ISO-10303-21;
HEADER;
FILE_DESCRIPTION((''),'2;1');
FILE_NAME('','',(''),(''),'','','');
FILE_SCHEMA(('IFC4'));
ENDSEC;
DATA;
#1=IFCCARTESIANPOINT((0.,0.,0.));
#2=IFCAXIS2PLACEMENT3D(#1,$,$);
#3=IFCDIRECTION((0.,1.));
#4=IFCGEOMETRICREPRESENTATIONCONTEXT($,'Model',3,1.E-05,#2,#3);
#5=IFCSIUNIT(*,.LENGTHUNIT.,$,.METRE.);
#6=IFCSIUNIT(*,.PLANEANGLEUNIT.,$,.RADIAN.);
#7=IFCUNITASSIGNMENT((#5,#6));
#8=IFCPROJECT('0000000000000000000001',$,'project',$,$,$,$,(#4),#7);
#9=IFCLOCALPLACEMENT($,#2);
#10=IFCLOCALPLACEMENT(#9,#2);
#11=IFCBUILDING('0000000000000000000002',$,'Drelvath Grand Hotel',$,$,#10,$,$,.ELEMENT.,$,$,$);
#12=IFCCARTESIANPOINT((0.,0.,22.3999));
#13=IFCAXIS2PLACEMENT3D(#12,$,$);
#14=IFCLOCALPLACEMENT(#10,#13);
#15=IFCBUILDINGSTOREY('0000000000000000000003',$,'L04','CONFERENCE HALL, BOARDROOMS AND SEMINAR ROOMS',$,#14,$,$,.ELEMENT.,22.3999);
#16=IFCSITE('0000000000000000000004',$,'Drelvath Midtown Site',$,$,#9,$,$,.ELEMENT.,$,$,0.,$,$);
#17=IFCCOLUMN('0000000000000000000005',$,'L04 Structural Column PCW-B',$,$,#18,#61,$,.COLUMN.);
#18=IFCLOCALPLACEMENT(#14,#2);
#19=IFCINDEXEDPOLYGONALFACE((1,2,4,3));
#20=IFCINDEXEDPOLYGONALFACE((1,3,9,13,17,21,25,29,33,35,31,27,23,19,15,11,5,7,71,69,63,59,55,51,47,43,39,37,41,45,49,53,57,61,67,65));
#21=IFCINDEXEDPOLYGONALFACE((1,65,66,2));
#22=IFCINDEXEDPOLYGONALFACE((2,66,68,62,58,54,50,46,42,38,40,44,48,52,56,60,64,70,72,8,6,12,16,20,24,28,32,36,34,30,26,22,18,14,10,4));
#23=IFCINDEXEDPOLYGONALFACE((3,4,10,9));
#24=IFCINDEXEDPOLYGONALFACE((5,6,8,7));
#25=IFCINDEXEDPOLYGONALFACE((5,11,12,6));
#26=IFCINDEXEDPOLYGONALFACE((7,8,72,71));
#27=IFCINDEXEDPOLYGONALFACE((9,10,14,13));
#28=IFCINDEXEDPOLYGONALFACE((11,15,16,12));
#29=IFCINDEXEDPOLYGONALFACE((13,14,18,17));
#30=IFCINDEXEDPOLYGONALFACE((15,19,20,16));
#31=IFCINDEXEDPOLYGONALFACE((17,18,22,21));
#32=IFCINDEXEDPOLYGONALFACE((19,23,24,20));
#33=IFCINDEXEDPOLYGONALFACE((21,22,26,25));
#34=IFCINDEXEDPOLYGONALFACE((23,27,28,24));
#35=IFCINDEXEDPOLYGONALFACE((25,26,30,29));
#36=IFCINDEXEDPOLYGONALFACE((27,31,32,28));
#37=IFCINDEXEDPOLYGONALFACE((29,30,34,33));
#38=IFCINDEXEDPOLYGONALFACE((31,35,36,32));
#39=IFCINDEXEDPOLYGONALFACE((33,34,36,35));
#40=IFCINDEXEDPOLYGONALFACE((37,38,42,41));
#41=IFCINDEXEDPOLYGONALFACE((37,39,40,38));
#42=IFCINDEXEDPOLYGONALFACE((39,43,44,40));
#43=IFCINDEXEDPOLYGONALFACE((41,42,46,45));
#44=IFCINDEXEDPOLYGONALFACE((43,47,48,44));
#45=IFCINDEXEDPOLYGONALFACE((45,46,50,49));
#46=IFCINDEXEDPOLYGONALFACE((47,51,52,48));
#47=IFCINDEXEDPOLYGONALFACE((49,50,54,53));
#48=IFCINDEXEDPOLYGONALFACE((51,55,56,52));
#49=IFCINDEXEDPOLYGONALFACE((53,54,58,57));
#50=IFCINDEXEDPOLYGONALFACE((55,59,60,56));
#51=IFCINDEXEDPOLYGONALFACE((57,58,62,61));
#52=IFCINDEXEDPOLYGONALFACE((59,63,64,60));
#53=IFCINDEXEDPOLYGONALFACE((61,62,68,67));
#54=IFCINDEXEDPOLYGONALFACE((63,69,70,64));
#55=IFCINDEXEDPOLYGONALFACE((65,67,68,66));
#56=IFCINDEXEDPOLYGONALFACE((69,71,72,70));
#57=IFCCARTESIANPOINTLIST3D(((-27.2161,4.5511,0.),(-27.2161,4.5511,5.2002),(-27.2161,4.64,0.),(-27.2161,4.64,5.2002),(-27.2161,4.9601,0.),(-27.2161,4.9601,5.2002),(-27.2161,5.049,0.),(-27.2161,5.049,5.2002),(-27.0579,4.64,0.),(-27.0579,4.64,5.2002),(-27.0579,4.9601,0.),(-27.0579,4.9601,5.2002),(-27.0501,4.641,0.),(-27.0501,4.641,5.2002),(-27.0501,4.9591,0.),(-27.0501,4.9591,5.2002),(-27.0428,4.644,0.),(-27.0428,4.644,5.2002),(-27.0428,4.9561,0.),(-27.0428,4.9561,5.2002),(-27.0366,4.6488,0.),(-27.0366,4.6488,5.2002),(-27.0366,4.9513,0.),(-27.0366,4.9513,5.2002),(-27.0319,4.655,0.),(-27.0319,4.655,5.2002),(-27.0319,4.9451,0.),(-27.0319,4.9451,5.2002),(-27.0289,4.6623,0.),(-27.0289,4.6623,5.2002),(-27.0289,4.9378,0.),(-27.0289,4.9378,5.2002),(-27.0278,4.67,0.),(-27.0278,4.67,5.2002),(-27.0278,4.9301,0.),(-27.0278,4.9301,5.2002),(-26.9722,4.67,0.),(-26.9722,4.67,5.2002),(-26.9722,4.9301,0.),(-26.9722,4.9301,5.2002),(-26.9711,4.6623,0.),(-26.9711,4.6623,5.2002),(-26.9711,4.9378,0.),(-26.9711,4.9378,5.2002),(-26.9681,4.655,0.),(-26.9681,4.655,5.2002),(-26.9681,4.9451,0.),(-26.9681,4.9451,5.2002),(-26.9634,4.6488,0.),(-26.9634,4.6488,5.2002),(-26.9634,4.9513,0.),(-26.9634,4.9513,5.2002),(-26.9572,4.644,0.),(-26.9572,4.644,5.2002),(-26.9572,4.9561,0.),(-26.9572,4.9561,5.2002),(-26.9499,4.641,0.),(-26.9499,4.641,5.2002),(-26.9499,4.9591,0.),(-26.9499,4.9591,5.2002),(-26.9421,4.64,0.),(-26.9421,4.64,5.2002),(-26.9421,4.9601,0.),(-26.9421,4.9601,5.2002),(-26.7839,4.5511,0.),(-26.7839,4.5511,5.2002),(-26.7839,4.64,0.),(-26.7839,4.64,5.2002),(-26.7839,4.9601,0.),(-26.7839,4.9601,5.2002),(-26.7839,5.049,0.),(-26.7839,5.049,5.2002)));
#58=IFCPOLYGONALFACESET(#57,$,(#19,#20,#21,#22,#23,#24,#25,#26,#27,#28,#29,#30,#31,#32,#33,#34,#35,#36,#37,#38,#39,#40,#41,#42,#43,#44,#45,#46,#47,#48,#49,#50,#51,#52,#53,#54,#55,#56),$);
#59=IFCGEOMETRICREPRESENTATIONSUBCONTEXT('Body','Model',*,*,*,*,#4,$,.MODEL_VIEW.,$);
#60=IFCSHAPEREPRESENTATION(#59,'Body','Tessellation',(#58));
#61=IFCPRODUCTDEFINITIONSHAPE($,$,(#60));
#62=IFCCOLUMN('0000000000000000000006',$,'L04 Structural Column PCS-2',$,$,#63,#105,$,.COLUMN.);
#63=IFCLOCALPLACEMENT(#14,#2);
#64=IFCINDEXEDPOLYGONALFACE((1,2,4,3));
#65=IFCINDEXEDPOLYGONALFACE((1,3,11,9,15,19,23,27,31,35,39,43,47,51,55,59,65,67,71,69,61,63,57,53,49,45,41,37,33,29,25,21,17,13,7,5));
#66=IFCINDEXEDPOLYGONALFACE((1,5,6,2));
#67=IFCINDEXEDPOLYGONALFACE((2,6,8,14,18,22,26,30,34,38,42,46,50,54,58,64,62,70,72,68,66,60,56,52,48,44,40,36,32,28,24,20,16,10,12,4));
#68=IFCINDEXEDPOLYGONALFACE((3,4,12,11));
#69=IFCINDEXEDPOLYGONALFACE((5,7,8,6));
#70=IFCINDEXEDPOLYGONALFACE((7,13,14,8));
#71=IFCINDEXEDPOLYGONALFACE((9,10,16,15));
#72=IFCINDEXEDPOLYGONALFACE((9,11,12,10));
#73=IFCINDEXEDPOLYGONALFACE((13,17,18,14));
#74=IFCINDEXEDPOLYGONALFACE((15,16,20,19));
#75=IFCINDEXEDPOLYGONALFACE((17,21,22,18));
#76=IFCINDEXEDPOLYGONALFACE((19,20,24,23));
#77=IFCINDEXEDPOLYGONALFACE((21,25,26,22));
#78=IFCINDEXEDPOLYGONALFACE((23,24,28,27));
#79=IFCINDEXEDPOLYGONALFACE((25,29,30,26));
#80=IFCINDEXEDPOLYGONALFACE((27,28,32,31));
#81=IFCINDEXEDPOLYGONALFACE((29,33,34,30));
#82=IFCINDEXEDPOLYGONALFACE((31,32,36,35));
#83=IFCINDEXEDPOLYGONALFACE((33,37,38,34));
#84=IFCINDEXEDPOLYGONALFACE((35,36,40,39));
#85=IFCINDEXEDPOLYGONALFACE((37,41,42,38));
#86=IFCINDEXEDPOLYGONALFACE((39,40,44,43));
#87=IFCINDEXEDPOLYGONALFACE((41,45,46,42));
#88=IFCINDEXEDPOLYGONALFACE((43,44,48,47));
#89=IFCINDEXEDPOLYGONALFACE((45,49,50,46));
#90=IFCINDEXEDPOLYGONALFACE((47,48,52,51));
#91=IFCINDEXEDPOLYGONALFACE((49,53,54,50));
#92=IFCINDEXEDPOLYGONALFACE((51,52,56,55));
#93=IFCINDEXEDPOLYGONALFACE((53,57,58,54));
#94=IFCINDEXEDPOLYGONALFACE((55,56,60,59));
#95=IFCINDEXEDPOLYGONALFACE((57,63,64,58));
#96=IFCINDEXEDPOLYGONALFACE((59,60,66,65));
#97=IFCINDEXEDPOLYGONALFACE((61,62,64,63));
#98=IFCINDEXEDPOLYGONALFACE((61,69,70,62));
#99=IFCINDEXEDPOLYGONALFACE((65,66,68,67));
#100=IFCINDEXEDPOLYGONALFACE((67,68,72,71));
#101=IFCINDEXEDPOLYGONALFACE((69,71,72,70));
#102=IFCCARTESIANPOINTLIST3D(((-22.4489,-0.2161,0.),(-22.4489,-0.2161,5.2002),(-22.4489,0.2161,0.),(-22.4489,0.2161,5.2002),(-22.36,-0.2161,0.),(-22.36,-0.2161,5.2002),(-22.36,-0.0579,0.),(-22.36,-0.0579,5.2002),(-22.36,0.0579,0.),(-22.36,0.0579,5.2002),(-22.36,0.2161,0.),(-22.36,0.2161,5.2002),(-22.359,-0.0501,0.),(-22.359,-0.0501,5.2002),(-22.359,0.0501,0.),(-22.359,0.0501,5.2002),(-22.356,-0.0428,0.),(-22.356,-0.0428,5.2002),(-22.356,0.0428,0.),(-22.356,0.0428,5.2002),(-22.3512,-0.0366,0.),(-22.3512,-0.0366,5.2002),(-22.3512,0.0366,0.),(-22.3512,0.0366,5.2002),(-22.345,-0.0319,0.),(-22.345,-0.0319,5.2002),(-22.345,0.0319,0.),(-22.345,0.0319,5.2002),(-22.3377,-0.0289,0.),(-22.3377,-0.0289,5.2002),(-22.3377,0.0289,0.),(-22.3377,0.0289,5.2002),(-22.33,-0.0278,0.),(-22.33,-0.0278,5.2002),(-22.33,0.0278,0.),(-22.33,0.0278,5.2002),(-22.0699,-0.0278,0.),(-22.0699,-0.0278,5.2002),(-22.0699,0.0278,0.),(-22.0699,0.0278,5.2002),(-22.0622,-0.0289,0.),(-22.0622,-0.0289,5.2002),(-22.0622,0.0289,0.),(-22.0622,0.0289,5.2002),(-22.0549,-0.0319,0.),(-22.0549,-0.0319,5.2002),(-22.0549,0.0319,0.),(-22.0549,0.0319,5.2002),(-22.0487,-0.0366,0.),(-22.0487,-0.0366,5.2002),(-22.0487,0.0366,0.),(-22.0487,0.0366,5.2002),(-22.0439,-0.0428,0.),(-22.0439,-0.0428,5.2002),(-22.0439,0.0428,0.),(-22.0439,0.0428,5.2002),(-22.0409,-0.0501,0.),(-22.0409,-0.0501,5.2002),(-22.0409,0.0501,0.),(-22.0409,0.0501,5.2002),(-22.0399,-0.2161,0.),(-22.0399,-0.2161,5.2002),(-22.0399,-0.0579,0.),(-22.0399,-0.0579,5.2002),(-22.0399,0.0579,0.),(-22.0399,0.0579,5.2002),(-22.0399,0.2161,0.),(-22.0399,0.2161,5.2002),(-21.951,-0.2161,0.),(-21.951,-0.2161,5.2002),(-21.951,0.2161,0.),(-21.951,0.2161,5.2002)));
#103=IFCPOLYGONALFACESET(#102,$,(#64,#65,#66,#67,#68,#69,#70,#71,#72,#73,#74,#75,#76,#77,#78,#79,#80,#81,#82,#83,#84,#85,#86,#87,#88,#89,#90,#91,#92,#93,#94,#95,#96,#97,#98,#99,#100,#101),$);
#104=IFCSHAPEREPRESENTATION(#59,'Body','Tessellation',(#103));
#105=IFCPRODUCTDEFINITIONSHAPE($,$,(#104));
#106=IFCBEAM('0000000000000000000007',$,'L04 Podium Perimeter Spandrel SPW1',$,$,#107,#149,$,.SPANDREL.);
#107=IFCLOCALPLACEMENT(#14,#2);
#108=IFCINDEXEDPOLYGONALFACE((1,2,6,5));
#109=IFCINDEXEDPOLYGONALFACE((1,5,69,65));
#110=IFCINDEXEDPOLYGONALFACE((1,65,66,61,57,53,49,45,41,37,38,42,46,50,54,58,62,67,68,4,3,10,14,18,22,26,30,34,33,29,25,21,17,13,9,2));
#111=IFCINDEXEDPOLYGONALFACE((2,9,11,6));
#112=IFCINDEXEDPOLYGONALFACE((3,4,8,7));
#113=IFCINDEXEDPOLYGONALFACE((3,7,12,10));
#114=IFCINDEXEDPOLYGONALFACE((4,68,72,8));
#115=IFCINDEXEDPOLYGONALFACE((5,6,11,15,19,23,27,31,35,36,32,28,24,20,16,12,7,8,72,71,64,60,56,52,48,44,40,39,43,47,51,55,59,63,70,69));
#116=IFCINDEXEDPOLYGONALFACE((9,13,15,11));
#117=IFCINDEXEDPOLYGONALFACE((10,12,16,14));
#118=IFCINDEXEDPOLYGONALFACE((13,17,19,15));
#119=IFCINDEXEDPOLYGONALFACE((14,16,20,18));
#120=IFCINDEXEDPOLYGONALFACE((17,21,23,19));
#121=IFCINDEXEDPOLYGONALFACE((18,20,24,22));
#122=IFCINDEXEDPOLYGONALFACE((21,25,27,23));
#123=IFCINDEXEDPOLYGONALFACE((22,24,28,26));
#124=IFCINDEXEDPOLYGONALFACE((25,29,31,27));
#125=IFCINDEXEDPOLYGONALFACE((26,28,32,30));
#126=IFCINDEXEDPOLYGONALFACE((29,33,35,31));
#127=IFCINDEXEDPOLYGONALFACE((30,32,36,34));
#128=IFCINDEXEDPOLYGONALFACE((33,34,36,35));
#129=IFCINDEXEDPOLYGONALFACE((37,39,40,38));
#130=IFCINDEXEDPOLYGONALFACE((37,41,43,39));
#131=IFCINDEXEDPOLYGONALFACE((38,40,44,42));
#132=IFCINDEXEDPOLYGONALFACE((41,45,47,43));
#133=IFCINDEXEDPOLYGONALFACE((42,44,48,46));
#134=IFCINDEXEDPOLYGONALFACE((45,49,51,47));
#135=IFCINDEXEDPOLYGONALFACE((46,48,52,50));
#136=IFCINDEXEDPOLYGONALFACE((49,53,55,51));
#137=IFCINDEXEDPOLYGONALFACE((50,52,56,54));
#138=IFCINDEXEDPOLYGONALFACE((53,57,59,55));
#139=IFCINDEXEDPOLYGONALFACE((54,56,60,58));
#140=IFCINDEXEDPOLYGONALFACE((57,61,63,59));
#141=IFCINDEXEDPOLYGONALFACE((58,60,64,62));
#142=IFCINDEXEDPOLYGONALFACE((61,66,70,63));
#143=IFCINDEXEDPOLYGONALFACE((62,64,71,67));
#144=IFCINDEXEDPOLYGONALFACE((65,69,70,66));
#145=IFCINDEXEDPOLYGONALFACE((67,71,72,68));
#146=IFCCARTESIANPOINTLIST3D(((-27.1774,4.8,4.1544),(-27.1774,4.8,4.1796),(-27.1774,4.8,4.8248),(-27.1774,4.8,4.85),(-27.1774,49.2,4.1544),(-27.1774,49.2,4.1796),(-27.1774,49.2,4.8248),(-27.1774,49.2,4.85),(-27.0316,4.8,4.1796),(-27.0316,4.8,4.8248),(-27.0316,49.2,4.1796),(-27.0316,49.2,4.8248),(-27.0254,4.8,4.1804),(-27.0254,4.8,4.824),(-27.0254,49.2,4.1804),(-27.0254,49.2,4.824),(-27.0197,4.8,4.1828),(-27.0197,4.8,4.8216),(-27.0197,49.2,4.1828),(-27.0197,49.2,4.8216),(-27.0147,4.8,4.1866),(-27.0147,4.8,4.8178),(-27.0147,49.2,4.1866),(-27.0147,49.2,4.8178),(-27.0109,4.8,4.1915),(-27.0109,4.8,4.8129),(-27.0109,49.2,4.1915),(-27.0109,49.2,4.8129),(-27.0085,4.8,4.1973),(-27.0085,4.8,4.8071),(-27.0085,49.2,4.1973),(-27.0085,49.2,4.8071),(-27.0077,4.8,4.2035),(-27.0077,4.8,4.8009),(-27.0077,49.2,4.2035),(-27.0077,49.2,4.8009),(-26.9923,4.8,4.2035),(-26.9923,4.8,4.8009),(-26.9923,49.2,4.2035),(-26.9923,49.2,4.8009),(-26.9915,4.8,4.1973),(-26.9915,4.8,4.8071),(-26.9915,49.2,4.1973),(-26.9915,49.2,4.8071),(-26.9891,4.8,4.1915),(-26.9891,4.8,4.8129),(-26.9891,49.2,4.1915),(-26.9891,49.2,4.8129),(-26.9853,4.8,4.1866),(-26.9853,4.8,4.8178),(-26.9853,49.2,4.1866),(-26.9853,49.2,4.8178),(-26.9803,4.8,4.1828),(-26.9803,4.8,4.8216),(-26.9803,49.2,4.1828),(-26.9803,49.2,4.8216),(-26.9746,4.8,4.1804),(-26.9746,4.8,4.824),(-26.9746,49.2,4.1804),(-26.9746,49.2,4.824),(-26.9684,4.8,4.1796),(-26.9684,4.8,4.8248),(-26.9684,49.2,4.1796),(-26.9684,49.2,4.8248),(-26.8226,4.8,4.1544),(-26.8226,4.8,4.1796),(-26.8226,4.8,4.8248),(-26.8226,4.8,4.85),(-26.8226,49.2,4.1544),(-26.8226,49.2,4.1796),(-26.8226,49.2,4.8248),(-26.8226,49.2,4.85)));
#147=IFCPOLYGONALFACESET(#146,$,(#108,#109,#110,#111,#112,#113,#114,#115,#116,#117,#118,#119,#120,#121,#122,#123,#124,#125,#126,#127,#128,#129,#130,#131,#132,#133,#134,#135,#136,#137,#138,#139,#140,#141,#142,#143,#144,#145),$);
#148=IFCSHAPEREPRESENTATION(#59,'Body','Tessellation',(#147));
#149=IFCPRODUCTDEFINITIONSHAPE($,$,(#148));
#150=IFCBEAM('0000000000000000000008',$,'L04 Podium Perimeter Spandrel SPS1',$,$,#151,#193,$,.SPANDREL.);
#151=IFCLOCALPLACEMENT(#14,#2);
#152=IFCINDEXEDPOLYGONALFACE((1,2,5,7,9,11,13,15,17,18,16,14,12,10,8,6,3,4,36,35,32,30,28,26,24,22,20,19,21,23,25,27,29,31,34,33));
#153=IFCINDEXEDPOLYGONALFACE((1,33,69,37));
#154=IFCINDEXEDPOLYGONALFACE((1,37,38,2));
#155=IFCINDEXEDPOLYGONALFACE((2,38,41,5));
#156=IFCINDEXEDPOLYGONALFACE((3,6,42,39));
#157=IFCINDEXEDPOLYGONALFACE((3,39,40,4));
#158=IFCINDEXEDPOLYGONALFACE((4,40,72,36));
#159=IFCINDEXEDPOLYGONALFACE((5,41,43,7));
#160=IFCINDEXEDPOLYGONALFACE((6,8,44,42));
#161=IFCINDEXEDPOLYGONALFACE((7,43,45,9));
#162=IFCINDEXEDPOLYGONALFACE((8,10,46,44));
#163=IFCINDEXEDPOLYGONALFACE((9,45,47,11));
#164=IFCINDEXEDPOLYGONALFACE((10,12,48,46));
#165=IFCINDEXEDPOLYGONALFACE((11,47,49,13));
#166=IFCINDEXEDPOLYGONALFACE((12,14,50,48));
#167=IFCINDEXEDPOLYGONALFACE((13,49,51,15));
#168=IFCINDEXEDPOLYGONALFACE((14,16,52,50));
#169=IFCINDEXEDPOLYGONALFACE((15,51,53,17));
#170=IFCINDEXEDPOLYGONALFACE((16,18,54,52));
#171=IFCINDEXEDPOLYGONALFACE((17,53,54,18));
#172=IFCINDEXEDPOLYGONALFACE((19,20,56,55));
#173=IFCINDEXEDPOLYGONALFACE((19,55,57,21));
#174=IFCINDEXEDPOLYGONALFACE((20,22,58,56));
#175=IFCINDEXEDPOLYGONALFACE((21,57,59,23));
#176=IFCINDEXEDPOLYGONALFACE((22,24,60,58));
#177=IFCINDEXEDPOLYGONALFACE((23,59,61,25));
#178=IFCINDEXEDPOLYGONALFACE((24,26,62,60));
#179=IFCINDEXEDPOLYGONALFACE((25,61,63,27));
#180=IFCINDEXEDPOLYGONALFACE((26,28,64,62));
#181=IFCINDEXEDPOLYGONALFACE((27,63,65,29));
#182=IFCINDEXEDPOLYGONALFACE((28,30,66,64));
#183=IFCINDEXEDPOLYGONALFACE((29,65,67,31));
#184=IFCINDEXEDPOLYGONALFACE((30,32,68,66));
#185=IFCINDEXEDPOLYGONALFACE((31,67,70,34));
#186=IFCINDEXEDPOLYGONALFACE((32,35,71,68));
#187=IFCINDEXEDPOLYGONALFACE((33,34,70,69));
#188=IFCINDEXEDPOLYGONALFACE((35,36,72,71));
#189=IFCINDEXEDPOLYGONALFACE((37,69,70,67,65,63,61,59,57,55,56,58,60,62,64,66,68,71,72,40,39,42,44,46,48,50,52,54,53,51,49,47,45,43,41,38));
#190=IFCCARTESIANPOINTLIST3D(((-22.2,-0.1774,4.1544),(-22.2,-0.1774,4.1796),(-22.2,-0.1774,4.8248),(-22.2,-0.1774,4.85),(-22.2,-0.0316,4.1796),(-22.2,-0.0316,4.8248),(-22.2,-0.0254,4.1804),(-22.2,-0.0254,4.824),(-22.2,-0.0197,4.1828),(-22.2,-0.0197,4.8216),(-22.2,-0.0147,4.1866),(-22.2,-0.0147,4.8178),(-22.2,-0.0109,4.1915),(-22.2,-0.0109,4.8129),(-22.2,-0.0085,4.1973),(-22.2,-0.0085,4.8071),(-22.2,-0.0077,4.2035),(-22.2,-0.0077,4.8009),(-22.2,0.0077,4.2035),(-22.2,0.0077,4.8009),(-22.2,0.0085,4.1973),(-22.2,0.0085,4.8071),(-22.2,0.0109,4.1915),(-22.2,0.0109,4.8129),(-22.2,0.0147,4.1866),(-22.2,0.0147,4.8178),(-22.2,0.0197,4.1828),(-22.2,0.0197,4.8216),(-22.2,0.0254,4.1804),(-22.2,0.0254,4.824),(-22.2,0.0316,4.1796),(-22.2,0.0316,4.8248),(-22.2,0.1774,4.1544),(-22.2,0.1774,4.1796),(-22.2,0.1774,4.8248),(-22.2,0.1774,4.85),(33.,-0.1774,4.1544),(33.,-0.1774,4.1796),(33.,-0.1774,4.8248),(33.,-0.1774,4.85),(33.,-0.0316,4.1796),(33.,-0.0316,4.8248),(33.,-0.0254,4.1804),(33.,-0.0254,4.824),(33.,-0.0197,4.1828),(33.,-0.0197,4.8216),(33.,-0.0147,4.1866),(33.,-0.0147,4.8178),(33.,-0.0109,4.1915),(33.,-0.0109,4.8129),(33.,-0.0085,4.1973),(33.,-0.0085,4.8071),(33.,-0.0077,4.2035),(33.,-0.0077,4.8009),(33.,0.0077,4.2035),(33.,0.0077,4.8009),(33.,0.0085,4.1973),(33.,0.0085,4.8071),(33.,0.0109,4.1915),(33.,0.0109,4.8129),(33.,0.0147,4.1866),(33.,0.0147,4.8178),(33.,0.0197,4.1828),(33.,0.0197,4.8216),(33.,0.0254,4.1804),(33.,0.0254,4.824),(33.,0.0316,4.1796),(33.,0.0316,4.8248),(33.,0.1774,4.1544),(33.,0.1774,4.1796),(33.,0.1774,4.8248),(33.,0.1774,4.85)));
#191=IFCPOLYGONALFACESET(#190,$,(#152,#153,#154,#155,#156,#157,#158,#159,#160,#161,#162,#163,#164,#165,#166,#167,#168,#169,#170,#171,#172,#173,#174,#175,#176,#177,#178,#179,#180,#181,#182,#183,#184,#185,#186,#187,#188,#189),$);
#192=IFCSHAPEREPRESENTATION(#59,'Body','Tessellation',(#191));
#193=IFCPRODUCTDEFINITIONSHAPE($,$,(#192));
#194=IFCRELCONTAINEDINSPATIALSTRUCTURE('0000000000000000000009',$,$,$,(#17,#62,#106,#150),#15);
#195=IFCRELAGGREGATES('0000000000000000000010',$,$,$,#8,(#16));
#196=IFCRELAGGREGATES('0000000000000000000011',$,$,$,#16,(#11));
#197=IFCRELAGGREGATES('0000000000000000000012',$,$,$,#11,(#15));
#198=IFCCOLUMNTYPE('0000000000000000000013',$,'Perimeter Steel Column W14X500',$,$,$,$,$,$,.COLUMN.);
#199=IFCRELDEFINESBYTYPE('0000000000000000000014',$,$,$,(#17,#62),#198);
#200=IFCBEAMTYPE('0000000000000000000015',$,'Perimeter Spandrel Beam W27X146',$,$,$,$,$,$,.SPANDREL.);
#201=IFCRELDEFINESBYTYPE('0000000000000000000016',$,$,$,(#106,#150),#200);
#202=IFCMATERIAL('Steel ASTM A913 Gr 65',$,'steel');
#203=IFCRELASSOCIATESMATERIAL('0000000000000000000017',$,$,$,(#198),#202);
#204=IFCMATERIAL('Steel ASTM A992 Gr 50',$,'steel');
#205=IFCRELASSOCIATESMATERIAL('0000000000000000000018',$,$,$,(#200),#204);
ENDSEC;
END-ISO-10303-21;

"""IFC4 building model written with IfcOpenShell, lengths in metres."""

from ifc_helpers import new_model, si_unit, direction, frame, origin, origin_2d, place, context, subcontext, project, spatial, i_section, extrude, material, material_profile, profile_set, type_object, element, save


model = new_model("IFC4")

# Units and contexts
model_context = context("Model", 3, precision=1e-05, world=origin(), true_north=direction((0.0, 1.0)))
body_context = subcontext(model_context, "Body", "Model", "MODEL_VIEW")
ifc_project = project(units=[si_unit("LENGTHUNIT", "METRE"), si_unit("PLANEANGLEUNIT", "RADIAN")], contexts=[model_context])

# Site, building, storey
site_placement = place(None, origin())
site = spatial("IfcSite", under=ifc_project, at=site_placement, Name="Drelvath Midtown Site", CompositionType="ELEMENT", RefElevation=0.0)
building_placement = place(site_placement, origin())
building = spatial("IfcBuilding", under=site, at=building_placement, Name="Drelvath Grand Hotel", CompositionType="ELEMENT")
storey_placement = place(building_placement, frame((0.0, 0.0, 22.3999)))
storey = spatial("IfcBuildingStorey", under=building, at=storey_placement, Name="L04", Description="CONFERENCE HALL, BOARDROOMS AND SEMINAR ROOMS", CompositionType="ELEMENT", Elevation=22.3999)

# Columns
ifc_material_1 = material(Name="Steel ASTM A913 Gr 65", Category="steel")
ifc_material_profile_1 = material_profile(ifc_material_1, i_section(OverallWidth=0.4321, OverallDepth=0.4978, WebThickness=0.0557, FlangeThickness=0.0889, FilletRadius=0.03, at=origin_2d()), Name="W14X500")
ifc_profile_set_1 = profile_set([ifc_material_profile_1], Name="Steel ASTM A913 Gr 65")
column_type = type_object("IfcColumnType", Name="Perimeter Steel Column W14X500", PredefinedType="COLUMN", material=ifc_profile_set_1)
for number, where, z_axis, x_axis, name in (
    (1, (-27.0, 4.8, 0.0), (0.0, 0.0, 1.0), (1.0, 0.0, 0.0), "L04 Structural Column PCW-B"),
    (2, (-22.2, 0.0, 0.0), (0.0, 0.0, 1.0), (0.0, 1.0, 0.0), "L04 Structural Column PCS-2"),
):
    element("IfcColumn", number, at=place(storey_placement, frame(where, z_axis=z_axis, x_axis=x_axis)), inside=storey, type_object=column_type, Name=name, PredefinedType="COLUMN", context=body_context, shape_type="SweptSolid", body=[
        extrude(i_section(OverallWidth=0.4321, OverallDepth=0.4978, WebThickness=0.0557, FlangeThickness=0.0889, FilletRadius=0.03, at=origin_2d()), origin(), (0.0, 0.0, 1.0), 5.2002),
    ])

# Beams
ifc_material_2 = material(Name="Steel ASTM A992 Gr 50", Category="steel")
ifc_material_profile_2 = material_profile(ifc_material_2, i_section(OverallWidth=0.3547, OverallDepth=0.6956, WebThickness=0.0154, FlangeThickness=0.0251, FilletRadius=0.0239, at=origin_2d()), Name="W27X146")
ifc_profile_set_2 = profile_set([ifc_material_profile_2], Name="Steel ASTM A992 Gr 50")
beam_type_1 = type_object("IfcBeamType", Name="Perimeter Spandrel Beam W27X146", PredefinedType="SPANDREL", material=ifc_profile_set_2)
beam_1_placement = place(storey_placement, frame((-27.0, 4.8, 4.5022), z_axis=(0.0, 1.0, 0.0), x_axis=(-1.0, 0.0, 0.0)))
element("IfcBeam", 3, at=beam_1_placement, inside=storey, type_object=beam_type_1, Name="L04 Podium Perimeter Spandrel SPW1", PredefinedType="SPANDREL", context=body_context, shape_type="SweptSolid", body=[
    extrude(i_section(OverallWidth=0.3547, OverallDepth=0.6956, WebThickness=0.0154, FlangeThickness=0.0251, FilletRadius=0.0239, at=origin_2d()), origin(), (0.0, 0.0, 1.0), 44.3999),
])
beam_2_placement = place(storey_placement, frame((-22.2, 0.0, 4.5022), z_axis=(1.0, 0.0, 0.0), x_axis=(0.0, 1.0, 0.0)))
element("IfcBeam", 4, at=beam_2_placement, inside=storey, type_object=beam_type_1, Name="L04 Podium Perimeter Spandrel SPS1", PredefinedType="SPANDREL", context=body_context, shape_type="SweptSolid", body=[
    extrude(i_section(OverallWidth=0.3547, OverallDepth=0.6956, WebThickness=0.0154, FlangeThickness=0.0251, FilletRadius=0.0239, at=origin_2d()), origin(), (0.0, 0.0, 1.0), 55.2),
])

save(model, "model.ifc")
